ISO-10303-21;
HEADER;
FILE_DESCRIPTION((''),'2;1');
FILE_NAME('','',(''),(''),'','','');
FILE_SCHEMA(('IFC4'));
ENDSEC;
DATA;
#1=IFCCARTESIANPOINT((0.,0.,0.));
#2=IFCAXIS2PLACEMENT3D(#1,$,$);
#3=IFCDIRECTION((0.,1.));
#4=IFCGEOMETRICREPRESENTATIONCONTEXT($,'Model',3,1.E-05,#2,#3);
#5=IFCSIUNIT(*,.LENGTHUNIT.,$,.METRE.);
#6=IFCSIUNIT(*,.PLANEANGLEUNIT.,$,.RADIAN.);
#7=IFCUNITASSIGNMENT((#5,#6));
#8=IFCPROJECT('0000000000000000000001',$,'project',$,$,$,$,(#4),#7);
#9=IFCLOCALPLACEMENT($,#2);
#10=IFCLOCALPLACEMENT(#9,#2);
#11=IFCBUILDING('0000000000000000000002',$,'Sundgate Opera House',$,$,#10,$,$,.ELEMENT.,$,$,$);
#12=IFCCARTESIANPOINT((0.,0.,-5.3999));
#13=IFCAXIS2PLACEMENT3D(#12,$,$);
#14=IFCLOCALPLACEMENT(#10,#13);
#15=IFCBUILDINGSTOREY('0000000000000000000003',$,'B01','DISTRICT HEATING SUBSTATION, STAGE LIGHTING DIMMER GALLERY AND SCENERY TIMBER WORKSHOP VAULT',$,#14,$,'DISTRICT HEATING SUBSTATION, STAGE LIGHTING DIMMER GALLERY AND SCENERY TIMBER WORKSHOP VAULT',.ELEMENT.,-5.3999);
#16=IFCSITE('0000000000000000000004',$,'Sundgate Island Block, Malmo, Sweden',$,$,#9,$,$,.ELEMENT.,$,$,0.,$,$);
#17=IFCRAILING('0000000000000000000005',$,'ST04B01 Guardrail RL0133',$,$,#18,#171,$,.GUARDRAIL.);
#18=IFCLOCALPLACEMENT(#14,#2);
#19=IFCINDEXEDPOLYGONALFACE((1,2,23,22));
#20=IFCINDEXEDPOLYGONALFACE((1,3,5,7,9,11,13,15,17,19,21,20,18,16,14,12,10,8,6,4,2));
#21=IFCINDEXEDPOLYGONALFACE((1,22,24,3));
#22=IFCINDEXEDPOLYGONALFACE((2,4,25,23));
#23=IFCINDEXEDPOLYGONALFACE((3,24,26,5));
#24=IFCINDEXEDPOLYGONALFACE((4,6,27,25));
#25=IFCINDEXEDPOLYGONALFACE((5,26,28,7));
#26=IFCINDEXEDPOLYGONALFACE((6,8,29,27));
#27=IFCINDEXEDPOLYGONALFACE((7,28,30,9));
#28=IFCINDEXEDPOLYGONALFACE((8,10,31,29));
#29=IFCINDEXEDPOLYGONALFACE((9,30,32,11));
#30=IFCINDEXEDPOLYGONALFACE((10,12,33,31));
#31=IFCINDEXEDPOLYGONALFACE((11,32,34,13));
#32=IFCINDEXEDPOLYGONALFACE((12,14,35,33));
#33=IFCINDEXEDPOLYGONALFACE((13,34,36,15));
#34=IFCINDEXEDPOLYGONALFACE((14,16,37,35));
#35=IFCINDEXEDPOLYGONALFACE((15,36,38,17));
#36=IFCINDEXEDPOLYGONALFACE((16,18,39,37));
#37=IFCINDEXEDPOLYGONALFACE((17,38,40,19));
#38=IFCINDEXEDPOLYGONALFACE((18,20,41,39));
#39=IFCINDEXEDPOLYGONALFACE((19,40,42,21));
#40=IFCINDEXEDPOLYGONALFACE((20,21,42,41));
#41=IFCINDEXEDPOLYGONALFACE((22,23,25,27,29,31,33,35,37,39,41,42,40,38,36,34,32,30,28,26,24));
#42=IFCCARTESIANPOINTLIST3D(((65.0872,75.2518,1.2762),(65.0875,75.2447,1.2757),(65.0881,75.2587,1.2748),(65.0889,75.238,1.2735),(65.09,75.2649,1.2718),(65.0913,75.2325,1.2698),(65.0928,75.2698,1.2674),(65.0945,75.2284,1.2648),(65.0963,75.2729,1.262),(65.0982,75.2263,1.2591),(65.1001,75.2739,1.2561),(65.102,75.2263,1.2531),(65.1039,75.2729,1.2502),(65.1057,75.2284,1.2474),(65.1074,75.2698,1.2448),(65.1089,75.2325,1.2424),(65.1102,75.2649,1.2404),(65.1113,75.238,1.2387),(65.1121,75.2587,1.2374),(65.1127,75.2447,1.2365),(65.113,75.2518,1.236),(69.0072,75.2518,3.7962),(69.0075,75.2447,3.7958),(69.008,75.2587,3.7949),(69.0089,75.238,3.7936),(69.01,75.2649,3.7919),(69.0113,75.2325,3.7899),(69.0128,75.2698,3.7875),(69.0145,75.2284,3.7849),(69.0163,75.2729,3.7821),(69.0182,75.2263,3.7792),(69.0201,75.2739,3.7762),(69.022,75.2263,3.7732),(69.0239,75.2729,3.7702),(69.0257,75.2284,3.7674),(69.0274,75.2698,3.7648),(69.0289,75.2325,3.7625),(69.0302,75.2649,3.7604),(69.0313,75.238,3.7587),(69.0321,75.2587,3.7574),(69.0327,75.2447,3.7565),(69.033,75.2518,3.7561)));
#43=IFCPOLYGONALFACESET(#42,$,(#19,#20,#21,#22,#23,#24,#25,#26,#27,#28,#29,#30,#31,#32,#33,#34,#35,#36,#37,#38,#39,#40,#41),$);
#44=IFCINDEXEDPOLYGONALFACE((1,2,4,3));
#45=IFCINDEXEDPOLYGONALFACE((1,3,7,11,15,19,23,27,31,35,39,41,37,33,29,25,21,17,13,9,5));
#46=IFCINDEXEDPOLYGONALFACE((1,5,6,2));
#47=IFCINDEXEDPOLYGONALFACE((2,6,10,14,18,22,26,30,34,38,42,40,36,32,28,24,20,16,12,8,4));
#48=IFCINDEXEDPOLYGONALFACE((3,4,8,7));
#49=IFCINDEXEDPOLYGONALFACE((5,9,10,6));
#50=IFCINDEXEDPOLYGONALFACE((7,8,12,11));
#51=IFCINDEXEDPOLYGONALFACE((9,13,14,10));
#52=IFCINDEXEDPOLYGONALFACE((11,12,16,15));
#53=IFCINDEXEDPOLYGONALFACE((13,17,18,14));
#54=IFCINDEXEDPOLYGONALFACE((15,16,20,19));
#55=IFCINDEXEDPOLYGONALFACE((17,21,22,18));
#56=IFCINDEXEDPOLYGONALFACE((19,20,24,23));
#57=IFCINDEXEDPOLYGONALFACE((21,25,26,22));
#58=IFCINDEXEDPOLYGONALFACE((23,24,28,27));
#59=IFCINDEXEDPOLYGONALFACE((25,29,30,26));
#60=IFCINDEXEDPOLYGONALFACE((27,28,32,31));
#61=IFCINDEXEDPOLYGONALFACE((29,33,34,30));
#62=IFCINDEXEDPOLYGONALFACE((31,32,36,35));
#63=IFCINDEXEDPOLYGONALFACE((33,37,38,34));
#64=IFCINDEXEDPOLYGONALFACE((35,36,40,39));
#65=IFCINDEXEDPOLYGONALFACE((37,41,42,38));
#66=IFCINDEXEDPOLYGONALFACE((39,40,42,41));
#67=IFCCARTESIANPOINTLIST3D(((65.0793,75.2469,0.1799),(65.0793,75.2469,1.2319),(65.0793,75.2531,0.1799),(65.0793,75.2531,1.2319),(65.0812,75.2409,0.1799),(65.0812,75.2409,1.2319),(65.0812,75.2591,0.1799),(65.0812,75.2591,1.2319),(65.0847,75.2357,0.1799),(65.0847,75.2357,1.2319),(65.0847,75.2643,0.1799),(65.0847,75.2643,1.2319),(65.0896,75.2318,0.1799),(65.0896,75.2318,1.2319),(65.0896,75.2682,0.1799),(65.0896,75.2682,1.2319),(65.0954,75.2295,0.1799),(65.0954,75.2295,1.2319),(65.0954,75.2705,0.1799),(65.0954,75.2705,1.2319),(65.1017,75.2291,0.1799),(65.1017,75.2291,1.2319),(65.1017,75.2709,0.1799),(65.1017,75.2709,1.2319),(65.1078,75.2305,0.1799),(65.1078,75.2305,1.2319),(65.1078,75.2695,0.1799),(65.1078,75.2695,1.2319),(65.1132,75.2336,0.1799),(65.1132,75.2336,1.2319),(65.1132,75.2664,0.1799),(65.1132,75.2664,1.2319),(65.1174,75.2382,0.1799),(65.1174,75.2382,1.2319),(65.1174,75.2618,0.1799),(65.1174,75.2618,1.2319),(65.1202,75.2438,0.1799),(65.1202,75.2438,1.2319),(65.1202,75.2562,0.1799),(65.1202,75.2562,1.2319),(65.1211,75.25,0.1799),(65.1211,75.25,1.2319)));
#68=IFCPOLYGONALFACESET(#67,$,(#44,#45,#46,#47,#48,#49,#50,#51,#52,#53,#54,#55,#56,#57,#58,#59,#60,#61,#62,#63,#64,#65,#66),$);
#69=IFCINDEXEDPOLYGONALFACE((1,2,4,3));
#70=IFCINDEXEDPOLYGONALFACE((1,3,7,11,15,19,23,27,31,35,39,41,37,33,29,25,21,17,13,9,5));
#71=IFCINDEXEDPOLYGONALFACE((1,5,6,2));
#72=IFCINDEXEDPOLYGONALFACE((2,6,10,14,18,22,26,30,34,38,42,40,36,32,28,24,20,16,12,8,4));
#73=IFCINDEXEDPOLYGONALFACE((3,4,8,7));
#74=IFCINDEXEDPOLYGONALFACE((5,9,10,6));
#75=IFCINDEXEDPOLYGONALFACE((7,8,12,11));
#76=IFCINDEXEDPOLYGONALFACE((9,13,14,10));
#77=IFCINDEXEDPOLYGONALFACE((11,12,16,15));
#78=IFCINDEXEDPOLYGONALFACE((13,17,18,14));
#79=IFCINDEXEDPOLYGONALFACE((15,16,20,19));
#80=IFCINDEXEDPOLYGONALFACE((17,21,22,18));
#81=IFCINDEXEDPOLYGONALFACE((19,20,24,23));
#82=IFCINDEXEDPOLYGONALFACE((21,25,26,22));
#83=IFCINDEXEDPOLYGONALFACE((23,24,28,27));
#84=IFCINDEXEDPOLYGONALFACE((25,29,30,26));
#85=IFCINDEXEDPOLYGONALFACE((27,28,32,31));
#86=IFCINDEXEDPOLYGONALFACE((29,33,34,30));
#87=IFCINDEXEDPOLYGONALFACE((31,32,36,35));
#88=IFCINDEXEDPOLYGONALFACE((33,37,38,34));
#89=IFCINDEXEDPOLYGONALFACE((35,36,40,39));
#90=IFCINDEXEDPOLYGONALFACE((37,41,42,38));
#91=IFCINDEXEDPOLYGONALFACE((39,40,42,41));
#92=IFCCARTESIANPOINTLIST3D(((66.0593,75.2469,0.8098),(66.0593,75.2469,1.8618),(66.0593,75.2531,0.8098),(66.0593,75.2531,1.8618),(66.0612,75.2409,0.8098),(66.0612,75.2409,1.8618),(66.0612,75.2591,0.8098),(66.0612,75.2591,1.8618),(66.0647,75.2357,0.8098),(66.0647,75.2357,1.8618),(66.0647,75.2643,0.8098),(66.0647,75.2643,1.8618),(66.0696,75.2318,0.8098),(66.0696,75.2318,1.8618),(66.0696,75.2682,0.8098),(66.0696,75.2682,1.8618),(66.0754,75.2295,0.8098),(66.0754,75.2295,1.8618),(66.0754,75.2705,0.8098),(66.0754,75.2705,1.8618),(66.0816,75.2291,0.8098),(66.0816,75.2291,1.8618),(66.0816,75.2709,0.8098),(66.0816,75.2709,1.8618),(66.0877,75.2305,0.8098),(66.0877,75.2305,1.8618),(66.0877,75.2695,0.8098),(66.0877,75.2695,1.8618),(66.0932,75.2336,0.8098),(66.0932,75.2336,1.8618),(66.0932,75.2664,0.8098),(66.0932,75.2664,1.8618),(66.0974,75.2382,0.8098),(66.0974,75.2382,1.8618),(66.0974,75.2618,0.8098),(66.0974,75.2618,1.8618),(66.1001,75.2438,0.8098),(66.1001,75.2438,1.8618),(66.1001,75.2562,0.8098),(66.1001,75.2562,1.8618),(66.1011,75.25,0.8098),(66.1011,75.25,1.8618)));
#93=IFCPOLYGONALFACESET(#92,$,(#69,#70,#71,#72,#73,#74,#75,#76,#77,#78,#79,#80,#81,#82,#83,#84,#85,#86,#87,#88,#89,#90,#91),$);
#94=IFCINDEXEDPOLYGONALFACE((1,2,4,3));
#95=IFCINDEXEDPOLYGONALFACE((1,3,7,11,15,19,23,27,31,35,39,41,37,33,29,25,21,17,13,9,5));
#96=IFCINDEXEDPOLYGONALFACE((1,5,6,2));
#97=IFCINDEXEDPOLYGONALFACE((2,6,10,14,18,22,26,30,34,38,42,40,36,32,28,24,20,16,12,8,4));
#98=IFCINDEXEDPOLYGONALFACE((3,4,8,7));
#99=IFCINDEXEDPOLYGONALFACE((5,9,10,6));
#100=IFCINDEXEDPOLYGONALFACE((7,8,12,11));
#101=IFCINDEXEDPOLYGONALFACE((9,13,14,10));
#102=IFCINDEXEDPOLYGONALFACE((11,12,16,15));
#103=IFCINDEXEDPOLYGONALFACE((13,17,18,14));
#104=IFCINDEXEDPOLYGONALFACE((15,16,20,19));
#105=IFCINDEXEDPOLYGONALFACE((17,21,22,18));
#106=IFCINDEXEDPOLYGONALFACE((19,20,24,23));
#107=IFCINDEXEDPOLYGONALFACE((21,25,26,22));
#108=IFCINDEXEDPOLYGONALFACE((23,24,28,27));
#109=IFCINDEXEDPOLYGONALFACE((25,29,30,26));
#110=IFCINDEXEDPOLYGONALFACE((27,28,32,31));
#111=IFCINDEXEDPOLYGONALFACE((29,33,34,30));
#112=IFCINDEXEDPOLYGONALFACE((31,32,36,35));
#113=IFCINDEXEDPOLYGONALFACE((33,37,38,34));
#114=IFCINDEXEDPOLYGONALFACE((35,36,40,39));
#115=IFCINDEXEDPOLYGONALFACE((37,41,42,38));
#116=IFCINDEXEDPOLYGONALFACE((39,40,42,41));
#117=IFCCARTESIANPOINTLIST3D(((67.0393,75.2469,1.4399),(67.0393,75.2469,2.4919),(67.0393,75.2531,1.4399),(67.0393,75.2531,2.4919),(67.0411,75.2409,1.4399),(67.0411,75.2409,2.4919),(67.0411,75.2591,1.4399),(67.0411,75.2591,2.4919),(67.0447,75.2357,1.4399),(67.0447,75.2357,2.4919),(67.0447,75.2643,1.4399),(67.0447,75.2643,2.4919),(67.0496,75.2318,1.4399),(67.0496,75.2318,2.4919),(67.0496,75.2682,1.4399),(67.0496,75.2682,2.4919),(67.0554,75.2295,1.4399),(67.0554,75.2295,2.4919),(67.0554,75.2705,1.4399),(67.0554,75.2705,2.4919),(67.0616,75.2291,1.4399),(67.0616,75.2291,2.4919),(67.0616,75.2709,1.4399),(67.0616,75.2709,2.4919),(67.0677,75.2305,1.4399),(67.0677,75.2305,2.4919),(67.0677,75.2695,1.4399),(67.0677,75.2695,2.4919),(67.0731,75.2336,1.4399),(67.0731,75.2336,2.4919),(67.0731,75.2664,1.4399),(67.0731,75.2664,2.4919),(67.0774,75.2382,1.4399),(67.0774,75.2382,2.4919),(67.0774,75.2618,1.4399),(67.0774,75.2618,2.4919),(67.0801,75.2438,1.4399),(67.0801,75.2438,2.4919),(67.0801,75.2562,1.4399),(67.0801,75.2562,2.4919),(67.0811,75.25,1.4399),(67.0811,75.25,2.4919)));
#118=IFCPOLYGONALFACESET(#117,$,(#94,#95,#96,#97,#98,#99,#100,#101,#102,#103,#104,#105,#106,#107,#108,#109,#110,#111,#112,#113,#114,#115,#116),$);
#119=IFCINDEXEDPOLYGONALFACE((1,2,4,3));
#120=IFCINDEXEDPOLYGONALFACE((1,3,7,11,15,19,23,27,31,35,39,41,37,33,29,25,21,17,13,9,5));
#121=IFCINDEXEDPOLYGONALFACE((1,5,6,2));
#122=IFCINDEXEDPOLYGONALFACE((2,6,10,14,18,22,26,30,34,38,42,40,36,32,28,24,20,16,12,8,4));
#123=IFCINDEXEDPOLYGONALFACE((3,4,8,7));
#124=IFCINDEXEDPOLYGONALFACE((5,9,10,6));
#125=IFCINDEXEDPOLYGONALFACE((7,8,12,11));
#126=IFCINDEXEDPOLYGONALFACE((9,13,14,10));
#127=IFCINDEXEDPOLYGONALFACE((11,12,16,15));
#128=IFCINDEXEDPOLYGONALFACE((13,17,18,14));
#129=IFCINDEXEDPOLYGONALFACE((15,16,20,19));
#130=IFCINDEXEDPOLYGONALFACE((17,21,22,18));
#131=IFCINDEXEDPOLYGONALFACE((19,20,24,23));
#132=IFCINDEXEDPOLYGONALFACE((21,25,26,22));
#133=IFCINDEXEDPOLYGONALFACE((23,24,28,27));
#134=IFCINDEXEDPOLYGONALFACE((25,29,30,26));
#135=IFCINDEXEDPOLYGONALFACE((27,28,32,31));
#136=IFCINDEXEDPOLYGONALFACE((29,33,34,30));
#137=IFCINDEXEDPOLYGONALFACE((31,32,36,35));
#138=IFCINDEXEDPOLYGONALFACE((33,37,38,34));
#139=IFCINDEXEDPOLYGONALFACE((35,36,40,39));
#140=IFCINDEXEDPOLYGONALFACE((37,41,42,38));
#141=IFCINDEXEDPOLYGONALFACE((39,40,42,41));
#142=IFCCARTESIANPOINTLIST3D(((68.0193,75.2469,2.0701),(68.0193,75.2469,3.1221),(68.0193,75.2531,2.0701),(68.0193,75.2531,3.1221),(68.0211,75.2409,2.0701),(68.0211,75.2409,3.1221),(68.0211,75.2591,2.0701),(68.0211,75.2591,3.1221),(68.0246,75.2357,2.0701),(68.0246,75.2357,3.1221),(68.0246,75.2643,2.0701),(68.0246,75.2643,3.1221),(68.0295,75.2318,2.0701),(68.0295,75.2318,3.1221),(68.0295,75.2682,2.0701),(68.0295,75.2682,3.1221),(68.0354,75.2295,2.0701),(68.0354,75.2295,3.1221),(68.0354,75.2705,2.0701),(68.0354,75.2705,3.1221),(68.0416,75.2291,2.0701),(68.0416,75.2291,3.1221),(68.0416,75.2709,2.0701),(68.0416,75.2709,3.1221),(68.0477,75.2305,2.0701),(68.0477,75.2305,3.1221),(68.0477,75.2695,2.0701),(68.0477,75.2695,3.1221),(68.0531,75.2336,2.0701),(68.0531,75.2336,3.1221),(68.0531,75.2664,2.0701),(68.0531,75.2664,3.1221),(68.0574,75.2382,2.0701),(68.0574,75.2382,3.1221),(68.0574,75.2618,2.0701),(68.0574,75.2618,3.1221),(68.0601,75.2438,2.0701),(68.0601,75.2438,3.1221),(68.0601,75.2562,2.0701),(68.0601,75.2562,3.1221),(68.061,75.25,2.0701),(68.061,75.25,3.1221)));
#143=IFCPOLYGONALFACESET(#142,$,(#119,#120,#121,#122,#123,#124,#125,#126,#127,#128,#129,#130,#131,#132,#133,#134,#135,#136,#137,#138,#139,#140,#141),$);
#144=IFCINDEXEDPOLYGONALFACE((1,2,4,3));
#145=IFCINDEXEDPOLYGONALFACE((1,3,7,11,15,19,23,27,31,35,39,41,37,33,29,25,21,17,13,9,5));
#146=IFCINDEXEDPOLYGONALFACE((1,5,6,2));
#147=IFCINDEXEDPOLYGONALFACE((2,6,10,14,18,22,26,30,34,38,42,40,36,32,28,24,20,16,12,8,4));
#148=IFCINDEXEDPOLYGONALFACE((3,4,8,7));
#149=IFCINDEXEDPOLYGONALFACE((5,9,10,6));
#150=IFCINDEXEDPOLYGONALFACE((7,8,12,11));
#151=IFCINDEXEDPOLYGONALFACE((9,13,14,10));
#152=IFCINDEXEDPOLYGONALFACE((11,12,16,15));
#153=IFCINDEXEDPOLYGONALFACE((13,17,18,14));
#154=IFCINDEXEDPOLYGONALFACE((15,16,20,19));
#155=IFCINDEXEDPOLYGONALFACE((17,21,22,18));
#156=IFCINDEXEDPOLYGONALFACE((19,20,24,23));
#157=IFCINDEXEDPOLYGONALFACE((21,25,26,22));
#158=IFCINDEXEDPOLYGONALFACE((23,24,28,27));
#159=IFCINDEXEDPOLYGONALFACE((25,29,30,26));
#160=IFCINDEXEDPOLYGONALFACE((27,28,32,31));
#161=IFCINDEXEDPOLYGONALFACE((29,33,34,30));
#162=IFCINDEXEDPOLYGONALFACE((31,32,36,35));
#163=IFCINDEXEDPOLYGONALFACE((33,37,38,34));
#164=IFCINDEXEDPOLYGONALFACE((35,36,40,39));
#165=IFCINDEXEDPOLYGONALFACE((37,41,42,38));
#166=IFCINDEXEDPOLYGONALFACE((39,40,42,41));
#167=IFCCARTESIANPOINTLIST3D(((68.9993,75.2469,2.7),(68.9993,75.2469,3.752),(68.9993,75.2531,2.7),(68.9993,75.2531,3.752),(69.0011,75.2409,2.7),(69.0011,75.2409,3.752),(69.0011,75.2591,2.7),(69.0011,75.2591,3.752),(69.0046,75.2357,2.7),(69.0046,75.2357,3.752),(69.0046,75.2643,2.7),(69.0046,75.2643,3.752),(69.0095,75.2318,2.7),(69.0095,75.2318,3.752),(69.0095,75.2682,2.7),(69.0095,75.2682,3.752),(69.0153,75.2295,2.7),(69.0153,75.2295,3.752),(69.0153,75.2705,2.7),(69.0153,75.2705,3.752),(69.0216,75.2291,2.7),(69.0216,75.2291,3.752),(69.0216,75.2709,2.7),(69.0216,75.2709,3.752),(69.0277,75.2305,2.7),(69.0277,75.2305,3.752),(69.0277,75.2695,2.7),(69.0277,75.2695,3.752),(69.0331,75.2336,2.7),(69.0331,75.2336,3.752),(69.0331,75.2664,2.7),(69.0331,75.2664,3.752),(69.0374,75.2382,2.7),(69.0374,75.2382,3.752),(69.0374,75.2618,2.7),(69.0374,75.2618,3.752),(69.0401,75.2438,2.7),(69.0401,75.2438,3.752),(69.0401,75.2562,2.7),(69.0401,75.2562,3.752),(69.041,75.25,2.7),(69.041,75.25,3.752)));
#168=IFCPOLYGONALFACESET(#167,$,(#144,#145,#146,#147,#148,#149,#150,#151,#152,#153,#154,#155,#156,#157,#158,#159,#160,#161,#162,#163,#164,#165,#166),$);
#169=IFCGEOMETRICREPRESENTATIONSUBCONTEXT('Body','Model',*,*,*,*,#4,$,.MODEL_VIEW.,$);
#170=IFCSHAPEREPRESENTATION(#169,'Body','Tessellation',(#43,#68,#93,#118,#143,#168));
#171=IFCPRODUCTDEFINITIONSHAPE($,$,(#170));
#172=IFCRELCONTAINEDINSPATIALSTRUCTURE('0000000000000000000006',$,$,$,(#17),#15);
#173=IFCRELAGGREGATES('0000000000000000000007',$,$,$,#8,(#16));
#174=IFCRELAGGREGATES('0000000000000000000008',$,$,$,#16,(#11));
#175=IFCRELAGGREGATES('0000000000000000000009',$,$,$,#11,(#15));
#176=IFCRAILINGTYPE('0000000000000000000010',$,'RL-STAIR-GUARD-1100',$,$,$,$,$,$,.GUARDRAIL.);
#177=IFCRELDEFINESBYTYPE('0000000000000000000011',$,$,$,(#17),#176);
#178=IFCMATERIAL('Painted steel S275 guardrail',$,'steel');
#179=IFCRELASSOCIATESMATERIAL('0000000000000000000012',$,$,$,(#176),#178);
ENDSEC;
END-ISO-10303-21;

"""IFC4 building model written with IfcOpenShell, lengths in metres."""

from ifc_helpers import new_model, si_unit, direction, frame, origin, origin_2d, place, context, subcontext, project, spatial, circle, extrude, material, type_object, element, save


model = new_model("IFC4")

# Units and contexts
model_context = context("Model", 3, precision=1e-05, world=origin(), true_north=direction((0.0, 1.0)))
body_context = subcontext(model_context, "Body", "Model", "MODEL_VIEW")
ifc_project = project(units=[si_unit("LENGTHUNIT", "METRE"), si_unit("PLANEANGLEUNIT", "RADIAN")], contexts=[model_context])

# Site, building, storey
site_placement = place(None, origin())
site = spatial("IfcSite", under=ifc_project, at=site_placement, Name="Sundgate Island Block, Malmo, Sweden", CompositionType="ELEMENT", RefElevation=0.0)
building_placement = place(site_placement, origin())
building = spatial("IfcBuilding", under=site, at=building_placement, Name="Sundgate Opera House", CompositionType="ELEMENT")
storey_placement = place(building_placement, frame((0.0, 0.0, -5.3999)))
storey = spatial("IfcBuildingStorey", under=building, at=storey_placement, Name="B01", Description="DISTRICT HEATING SUBSTATION, STAGE LIGHTING DIMMER GALLERY AND SCENERY TIMBER WORKSHOP VAULT", LongName="DISTRICT HEATING SUBSTATION, STAGE LIGHTING DIMMER GALLERY AND SCENERY TIMBER WORKSHOP VAULT", CompositionType="ELEMENT", Elevation=-5.3999)

# Railing
ifc_material_1 = material(Name="Painted steel S275 guardrail", Category="steel")
railing_type = type_object("IfcRailingType", Name="RL-STAIR-GUARD-1100", PredefinedType="GUARDRAIL", material=ifc_material_1)
railing_1_placement = place(storey_placement, frame((65.1001, 75.25, 0.1799)))
element("IfcRailing", 1, at=railing_1_placement, inside=storey, type_object=railing_type, Name="ST04B01 Guardrail RL0133", PredefinedType="GUARDRAIL", context=body_context, shape_type="SweptSolid", body=[
    extrude(circle(Radius=0.0239, at=origin_2d()), frame((0.0, 0.0, 1.0762), z_axis=(0.841172, 0.0, 0.540768), x_axis=(0.0, 1.0, 0.0)), (0.0, 0.0, 1.0), 4.6602),
    extrude(circle(Radius=0.021, at=origin_2d()), origin(), (0.0, 0.0, 1.0), 1.052),
    extrude(circle(Radius=0.021, at=origin_2d()), frame((0.98, 0.0, 0.6299)), (0.0, 0.0, 1.0), 1.052),
    extrude(circle(Radius=0.021, at=origin_2d()), frame((1.96, 0.0, 1.26)), (0.0, 0.0, 1.0), 1.052),
    extrude(circle(Radius=0.021, at=origin_2d()), frame((2.9399, 0.0, 1.8901)), (0.0, 0.0, 1.0), 1.052),
    extrude(circle(Radius=0.021, at=origin_2d()), frame((3.9199, 0.0, 2.52)), (0.0, 0.0, 1.0), 1.052),
])

save(model, "model.ifc")
